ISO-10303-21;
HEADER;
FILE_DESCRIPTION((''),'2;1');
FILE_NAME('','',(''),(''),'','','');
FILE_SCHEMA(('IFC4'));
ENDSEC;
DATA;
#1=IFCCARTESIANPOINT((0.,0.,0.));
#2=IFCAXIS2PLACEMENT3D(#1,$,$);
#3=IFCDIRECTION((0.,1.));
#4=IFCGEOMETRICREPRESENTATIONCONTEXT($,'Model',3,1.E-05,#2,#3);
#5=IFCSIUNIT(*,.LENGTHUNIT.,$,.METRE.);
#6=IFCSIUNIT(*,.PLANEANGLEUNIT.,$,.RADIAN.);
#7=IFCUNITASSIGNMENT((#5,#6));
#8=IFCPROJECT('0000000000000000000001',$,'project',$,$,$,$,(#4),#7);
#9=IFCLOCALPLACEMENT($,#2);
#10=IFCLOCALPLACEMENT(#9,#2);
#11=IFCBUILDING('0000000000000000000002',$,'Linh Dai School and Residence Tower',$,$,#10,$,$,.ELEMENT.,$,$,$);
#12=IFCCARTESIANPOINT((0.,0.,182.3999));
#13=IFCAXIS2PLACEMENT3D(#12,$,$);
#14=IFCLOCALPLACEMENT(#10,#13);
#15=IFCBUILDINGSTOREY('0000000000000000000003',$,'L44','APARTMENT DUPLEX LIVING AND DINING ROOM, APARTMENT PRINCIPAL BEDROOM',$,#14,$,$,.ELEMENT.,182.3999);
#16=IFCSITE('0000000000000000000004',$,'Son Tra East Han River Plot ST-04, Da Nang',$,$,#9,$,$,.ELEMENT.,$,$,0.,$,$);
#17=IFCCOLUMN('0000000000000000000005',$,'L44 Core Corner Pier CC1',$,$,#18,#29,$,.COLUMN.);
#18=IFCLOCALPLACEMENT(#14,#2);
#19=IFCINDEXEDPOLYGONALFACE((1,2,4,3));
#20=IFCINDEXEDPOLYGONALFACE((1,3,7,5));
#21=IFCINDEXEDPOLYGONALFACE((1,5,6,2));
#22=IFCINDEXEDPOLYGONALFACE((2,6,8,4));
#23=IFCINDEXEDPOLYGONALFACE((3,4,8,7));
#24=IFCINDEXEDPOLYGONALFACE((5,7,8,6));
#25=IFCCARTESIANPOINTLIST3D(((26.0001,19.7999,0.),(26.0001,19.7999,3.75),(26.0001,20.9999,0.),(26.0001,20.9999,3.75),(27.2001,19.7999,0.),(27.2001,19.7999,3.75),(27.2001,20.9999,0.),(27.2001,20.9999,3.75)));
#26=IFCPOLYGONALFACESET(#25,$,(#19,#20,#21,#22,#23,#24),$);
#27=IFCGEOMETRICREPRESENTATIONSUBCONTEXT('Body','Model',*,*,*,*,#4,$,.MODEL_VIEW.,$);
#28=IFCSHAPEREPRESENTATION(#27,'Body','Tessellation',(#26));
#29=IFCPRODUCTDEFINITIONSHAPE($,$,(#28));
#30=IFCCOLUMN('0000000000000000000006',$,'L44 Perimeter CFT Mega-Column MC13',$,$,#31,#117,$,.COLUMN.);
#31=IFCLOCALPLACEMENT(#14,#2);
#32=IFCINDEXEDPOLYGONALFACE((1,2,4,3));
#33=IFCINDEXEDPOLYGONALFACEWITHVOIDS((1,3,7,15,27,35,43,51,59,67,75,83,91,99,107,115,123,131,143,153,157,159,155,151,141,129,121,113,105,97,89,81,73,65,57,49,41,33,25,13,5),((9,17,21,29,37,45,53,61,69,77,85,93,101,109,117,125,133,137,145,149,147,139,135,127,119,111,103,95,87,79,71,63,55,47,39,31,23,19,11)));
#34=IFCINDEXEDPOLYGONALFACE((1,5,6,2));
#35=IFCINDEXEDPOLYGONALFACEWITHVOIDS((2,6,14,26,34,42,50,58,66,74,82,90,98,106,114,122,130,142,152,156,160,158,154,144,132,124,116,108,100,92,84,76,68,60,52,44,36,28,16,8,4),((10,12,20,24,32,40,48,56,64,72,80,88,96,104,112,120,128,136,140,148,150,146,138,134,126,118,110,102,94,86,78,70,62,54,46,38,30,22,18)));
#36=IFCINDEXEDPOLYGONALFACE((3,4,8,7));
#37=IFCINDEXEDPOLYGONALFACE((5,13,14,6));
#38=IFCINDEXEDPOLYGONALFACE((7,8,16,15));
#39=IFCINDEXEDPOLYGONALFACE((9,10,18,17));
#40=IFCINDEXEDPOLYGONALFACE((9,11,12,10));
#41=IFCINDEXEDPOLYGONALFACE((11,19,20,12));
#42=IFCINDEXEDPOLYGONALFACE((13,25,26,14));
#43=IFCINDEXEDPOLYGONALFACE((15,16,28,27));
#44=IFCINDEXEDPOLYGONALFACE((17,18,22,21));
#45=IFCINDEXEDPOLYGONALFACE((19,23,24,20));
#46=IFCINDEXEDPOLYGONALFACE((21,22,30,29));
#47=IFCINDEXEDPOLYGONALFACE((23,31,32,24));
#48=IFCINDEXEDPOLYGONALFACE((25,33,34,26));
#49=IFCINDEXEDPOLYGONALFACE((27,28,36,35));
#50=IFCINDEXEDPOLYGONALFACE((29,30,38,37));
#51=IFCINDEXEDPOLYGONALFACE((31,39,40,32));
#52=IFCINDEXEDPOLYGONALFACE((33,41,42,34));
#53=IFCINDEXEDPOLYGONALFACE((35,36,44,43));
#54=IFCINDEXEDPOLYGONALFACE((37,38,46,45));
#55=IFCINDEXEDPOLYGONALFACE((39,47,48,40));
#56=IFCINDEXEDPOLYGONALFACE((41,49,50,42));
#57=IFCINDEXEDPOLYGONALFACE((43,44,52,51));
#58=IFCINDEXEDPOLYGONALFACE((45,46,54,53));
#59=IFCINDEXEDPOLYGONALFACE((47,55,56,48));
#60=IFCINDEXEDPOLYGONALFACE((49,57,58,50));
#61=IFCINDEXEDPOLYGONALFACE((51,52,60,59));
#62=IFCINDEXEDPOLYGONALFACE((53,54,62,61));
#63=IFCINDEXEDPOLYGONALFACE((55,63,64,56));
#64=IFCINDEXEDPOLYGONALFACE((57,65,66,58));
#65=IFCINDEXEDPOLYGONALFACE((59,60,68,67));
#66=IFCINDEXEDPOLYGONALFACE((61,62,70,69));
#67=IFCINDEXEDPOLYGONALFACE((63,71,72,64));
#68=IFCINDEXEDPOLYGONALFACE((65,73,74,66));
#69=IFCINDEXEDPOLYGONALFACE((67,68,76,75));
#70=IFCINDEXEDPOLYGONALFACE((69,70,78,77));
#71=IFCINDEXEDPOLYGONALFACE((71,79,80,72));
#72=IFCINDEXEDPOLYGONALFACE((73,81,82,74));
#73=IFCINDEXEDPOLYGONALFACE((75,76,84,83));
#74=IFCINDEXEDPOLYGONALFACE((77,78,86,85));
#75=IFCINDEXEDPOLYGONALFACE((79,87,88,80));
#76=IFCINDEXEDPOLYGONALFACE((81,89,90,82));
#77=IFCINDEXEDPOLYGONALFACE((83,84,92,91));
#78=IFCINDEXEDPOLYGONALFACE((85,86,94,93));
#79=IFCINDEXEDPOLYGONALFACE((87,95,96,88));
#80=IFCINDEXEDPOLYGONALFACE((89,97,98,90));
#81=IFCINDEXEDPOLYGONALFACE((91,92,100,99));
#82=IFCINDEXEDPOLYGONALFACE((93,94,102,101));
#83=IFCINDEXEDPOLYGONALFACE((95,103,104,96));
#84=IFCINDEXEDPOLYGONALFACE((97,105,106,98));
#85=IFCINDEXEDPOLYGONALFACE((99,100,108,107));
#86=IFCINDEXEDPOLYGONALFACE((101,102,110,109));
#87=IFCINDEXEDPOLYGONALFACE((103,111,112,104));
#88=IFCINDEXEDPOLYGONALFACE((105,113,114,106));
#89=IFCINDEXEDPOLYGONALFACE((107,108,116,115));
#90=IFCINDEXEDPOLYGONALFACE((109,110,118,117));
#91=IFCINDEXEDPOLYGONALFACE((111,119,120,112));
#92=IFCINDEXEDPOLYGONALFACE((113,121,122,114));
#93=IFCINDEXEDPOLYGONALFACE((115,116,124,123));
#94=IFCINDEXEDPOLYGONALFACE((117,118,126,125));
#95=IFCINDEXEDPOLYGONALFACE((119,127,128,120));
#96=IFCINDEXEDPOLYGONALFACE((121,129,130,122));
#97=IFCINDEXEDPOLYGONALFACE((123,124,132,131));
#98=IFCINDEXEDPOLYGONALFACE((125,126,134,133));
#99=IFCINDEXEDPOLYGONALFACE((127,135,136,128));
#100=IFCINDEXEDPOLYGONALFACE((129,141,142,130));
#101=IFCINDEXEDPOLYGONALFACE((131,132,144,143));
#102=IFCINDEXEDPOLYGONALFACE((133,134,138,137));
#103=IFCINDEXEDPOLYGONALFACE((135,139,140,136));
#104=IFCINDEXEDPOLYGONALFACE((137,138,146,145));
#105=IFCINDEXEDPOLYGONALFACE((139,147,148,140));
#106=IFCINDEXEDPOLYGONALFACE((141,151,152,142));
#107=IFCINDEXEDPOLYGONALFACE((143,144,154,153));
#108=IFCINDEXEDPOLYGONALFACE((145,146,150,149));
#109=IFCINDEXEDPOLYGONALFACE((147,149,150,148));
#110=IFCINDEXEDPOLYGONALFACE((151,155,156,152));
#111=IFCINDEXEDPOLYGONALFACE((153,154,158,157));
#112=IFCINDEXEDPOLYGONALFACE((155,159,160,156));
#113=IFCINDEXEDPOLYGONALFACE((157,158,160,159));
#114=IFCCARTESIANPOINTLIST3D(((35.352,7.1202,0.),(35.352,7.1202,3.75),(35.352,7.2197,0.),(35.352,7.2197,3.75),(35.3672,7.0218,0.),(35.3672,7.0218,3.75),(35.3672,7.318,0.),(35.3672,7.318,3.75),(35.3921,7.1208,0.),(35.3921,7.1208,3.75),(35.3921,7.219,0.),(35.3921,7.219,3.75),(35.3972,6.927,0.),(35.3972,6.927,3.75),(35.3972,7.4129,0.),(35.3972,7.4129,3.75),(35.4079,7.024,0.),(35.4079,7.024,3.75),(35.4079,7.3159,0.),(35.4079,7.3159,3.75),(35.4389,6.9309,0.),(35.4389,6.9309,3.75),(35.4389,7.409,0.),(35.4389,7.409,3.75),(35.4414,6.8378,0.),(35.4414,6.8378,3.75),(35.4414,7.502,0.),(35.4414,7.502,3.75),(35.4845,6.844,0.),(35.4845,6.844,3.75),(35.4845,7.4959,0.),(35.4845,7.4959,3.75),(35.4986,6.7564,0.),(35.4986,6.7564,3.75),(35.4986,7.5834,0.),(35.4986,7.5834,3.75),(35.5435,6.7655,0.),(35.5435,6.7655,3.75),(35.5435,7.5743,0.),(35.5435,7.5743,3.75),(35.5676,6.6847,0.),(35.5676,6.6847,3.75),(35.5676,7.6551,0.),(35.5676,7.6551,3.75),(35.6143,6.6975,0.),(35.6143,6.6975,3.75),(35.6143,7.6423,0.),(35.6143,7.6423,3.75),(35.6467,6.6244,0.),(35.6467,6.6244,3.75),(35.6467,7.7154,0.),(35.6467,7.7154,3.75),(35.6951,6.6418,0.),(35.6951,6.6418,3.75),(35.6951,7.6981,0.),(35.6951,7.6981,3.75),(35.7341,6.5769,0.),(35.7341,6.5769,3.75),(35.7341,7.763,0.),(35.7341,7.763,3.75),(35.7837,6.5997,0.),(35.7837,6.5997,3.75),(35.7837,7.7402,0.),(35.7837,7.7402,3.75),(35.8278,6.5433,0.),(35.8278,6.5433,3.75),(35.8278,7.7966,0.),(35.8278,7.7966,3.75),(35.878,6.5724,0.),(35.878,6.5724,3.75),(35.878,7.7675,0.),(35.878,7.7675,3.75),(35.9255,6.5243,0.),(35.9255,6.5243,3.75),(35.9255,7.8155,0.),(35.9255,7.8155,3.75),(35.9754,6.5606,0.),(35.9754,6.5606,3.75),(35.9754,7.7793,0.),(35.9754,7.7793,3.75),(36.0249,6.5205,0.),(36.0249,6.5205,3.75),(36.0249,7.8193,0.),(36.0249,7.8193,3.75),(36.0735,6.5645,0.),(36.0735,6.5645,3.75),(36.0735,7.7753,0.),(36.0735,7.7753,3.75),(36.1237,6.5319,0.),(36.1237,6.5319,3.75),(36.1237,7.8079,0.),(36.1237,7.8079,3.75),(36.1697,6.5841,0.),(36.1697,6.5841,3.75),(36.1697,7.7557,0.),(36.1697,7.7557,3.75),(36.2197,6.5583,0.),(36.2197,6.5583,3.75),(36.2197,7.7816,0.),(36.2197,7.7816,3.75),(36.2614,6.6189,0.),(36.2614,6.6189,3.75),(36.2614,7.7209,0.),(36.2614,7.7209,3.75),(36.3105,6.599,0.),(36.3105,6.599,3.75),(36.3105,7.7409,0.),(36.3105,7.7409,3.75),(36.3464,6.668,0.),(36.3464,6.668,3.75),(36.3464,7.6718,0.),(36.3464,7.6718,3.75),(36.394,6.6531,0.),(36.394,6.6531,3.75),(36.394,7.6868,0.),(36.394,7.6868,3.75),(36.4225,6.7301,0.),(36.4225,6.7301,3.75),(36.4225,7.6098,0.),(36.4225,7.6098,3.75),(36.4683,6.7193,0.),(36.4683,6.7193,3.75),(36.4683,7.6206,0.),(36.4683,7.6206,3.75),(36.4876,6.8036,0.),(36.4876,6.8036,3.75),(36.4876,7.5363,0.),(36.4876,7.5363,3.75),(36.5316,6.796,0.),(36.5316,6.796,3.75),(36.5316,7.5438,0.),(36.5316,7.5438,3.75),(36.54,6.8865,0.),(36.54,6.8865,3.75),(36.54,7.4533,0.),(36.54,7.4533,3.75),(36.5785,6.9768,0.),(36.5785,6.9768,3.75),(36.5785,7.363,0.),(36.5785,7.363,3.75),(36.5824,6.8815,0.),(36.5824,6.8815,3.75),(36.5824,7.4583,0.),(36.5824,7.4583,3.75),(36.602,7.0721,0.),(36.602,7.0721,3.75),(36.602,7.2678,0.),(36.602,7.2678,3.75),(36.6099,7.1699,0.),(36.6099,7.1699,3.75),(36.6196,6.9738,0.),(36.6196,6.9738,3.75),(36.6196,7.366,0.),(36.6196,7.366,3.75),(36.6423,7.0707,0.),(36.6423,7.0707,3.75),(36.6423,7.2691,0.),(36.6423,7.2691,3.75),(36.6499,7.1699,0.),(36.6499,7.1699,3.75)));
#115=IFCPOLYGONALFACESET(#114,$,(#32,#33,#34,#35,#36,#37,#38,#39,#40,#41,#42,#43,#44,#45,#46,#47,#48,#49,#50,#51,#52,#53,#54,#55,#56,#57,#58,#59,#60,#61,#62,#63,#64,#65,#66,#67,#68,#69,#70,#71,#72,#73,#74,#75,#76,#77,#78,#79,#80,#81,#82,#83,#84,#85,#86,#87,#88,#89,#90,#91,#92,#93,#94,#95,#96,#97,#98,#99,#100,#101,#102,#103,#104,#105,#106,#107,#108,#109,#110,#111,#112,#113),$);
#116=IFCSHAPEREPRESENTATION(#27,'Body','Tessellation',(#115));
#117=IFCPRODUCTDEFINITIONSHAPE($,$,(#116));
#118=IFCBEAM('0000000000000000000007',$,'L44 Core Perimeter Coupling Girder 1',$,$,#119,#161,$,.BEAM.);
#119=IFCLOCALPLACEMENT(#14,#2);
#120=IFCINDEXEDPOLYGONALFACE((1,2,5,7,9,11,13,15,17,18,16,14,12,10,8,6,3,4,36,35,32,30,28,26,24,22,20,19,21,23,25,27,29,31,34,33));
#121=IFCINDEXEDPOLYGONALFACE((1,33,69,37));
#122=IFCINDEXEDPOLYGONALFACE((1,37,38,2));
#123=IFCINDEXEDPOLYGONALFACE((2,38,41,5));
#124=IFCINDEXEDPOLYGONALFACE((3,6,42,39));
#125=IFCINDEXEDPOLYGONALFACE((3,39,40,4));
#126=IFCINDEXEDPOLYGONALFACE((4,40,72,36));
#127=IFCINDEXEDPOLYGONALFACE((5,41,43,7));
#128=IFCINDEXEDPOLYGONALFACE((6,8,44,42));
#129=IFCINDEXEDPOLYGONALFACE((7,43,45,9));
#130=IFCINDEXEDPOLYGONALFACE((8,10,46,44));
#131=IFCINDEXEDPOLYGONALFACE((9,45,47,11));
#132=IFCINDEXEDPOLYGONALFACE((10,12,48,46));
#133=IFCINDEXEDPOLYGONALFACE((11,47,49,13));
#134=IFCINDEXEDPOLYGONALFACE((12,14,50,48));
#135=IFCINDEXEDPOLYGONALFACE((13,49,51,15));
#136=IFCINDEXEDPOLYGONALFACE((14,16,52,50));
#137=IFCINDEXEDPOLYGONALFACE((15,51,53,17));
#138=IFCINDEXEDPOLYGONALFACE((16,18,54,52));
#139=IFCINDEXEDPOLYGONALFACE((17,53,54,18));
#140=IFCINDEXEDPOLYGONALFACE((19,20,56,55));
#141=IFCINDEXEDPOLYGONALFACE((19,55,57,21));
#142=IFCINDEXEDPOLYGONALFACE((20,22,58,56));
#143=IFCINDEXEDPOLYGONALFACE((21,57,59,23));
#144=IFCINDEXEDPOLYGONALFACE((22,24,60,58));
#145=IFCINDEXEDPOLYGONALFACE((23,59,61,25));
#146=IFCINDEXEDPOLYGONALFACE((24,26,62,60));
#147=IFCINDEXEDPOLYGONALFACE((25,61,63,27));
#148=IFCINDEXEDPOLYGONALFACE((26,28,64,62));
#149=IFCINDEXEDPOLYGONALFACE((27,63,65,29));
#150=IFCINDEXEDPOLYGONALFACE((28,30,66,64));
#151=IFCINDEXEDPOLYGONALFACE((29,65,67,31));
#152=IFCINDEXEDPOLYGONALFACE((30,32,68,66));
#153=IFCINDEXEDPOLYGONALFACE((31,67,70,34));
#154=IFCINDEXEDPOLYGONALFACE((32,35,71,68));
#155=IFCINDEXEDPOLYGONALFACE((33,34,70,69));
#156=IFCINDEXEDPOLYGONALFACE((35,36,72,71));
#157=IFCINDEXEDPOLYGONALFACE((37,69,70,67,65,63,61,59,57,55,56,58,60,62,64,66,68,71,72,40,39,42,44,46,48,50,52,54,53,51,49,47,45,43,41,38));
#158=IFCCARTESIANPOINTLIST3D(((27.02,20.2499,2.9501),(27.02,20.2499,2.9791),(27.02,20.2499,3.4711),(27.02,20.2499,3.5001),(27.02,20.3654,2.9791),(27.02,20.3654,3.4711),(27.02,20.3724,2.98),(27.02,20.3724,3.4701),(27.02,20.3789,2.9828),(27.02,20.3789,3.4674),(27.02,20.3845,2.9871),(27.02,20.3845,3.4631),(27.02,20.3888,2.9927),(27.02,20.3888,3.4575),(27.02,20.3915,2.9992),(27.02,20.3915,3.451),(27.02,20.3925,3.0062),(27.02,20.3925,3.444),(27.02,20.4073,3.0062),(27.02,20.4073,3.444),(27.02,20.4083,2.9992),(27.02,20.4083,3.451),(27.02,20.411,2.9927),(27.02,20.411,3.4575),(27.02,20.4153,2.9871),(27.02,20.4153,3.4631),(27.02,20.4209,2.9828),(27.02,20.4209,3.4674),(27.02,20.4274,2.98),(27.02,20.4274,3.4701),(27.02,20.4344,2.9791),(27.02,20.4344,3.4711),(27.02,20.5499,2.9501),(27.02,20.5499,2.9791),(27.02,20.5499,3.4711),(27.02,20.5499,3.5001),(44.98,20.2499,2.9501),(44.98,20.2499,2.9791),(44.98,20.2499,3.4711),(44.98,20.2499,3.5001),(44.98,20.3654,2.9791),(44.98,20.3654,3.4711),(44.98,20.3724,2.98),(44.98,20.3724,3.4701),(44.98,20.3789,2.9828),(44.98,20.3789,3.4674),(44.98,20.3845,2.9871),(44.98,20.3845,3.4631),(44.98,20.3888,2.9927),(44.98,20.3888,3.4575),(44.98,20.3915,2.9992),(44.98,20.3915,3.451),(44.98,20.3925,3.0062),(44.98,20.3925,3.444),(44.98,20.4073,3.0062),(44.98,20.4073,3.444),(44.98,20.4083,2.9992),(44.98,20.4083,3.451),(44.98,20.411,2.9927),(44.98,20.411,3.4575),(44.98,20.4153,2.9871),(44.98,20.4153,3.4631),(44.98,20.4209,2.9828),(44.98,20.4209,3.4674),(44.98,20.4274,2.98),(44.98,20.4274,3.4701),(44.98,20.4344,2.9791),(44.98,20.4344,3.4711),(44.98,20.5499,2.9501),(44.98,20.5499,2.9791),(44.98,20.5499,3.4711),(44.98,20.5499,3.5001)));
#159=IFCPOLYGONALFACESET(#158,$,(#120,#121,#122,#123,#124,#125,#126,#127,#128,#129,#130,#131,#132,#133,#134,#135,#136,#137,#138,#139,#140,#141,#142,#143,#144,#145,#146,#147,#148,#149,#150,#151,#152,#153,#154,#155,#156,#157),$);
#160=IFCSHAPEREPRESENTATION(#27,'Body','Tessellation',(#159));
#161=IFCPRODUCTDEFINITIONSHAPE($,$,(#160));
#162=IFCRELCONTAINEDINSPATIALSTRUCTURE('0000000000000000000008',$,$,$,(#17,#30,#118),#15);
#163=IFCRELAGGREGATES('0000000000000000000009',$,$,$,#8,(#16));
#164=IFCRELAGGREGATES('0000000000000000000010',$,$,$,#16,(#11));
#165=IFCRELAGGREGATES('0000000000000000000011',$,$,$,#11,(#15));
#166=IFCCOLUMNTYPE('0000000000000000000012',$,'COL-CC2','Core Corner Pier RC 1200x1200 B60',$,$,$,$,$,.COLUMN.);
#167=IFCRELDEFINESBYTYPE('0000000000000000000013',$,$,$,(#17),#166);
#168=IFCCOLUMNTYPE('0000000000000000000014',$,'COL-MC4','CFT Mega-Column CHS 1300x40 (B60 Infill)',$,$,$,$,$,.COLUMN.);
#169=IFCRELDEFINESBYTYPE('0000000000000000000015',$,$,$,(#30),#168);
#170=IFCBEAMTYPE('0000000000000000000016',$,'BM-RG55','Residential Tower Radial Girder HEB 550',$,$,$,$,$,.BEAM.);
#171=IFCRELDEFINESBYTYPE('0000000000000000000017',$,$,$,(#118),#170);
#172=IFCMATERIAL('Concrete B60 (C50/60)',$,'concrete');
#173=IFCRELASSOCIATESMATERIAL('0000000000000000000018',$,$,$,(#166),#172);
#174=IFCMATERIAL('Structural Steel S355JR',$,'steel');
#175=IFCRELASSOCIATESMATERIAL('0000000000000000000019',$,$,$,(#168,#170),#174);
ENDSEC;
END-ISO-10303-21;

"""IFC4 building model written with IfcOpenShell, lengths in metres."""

from ifc_helpers import new_model, si_unit, direction, frame, origin, origin_2d, place, context, subcontext, project, spatial, rectangle, hollow_circle, i_section, extrude, material, material_profile, profile_set, type_object, element, save


model = new_model("IFC4")

# Units and contexts
model_context = context("Model", 3, precision=1e-05, world=origin(), true_north=direction((0.0, 1.0)))
body_context = subcontext(model_context, "Body", "Model", "MODEL_VIEW")
ifc_project = project(units=[si_unit("LENGTHUNIT", "METRE"), si_unit("PLANEANGLEUNIT", "RADIAN")], contexts=[model_context])

# Site, building, storey
site_placement = place(None, origin())
site = spatial("IfcSite", under=ifc_project, at=site_placement, Name="Son Tra East Han River Plot ST-04, Da Nang", CompositionType="ELEMENT", RefElevation=0.0)
building_placement = place(site_placement, origin())
building = spatial("IfcBuilding", under=site, at=building_placement, Name="Linh Dai School and Residence Tower", CompositionType="ELEMENT")
storey_placement = place(building_placement, frame((0.0, 0.0, 182.3999)))
storey = spatial("IfcBuildingStorey", under=building, at=storey_placement, Name="L44", Description="APARTMENT DUPLEX LIVING AND DINING ROOM, APARTMENT PRINCIPAL BEDROOM", CompositionType="ELEMENT", Elevation=182.3999)

# Columns
ifc_material_1 = material(Name="Concrete B60 (C50/60)", Category="concrete")
ifc_material_profile_1 = material_profile(ifc_material_1, rectangle(XDim=1.2, YDim=1.2, at=origin_2d()), Name="RC 1200x1200")
ifc_profile_set_1 = profile_set([ifc_material_profile_1], Name="Concrete B60 (C50/60)")
column_type_1 = type_object("IfcColumnType", Name="COL-CC2", Description="Core Corner Pier RC 1200x1200 B60", PredefinedType="COLUMN", material=ifc_profile_set_1)
column_1_placement = place(storey_placement, frame((26.6001, 20.3999, 0.0), z_axis=(0.0, 0.0, 1.0), x_axis=(1.0, 0.0, 0.0)))
element("IfcColumn", 1, at=column_1_placement, inside=storey, type_object=column_type_1, Name="L44 Core Corner Pier CC1", PredefinedType="COLUMN", context=body_context, shape_type="SweptSolid", body=[
    extrude(rectangle(XDim=1.2, YDim=1.2, at=origin_2d()), origin(), (0.0, 0.0, 1.0), 3.75),
])
ifc_material_2 = material(Name="Structural Steel S355JR", Category="steel")
ifc_material_profile_2 = material_profile(ifc_material_2, hollow_circle(Radius=0.6499, WallThickness=0.04, at=origin_2d()), Name="CHS 1300x40")
ifc_profile_set_2 = profile_set([ifc_material_profile_2], Name="Structural Steel S355JR")
column_type_2 = type_object("IfcColumnType", Name="COL-MC4", Description="CFT Mega-Column CHS 1300x40 (B60 Infill)", PredefinedType="COLUMN", material=ifc_profile_set_2)
column_2_placement = place(storey_placement, frame((36.0, 7.1699, 0.0), z_axis=(0.0, 0.0, 1.0), x_axis=(1.0, 0.0, 0.0)))
element("IfcColumn", 2, at=column_2_placement, inside=storey, type_object=column_type_2, Name="L44 Perimeter CFT Mega-Column MC13", PredefinedType="COLUMN", context=body_context, shape_type="SweptSolid", body=[
    extrude(hollow_circle(Radius=0.6499, WallThickness=0.04, at=origin_2d()), origin(), (0.0, 0.0, 1.0), 3.75),
])

# Beam
ifc_material_profile_3 = material_profile(ifc_material_2, i_section(OverallWidth=0.3, OverallDepth=0.55, WebThickness=0.0149, FlangeThickness=0.0291, FilletRadius=0.0271, at=origin_2d()), Name="HEB 550")
ifc_profile_set_3 = profile_set([ifc_material_profile_3], Name="Structural Steel S355JR")
beam_type_1 = type_object("IfcBeamType", Name="BM-RG55", Description="Residential Tower Radial Girder HEB 550", PredefinedType="BEAM", material=ifc_profile_set_3)
beam_1_placement = place(storey_placement, frame((27.02, 20.3999, 3.2251), z_axis=(1.0, 0.0, 0.0), x_axis=(0.0, 1.0, 0.0)))
element("IfcBeam", 3, at=beam_1_placement, inside=storey, type_object=beam_type_1, Name="L44 Core Perimeter Coupling Girder 1", PredefinedType="BEAM", context=body_context, shape_type="SweptSolid", body=[
    extrude(i_section(OverallWidth=0.3, OverallDepth=0.55, WebThickness=0.0149, FlangeThickness=0.0291, FilletRadius=0.0271, at=origin_2d()), origin(), (0.0, 0.0, 1.0), 17.96),
])

save(model, "model.ifc")
